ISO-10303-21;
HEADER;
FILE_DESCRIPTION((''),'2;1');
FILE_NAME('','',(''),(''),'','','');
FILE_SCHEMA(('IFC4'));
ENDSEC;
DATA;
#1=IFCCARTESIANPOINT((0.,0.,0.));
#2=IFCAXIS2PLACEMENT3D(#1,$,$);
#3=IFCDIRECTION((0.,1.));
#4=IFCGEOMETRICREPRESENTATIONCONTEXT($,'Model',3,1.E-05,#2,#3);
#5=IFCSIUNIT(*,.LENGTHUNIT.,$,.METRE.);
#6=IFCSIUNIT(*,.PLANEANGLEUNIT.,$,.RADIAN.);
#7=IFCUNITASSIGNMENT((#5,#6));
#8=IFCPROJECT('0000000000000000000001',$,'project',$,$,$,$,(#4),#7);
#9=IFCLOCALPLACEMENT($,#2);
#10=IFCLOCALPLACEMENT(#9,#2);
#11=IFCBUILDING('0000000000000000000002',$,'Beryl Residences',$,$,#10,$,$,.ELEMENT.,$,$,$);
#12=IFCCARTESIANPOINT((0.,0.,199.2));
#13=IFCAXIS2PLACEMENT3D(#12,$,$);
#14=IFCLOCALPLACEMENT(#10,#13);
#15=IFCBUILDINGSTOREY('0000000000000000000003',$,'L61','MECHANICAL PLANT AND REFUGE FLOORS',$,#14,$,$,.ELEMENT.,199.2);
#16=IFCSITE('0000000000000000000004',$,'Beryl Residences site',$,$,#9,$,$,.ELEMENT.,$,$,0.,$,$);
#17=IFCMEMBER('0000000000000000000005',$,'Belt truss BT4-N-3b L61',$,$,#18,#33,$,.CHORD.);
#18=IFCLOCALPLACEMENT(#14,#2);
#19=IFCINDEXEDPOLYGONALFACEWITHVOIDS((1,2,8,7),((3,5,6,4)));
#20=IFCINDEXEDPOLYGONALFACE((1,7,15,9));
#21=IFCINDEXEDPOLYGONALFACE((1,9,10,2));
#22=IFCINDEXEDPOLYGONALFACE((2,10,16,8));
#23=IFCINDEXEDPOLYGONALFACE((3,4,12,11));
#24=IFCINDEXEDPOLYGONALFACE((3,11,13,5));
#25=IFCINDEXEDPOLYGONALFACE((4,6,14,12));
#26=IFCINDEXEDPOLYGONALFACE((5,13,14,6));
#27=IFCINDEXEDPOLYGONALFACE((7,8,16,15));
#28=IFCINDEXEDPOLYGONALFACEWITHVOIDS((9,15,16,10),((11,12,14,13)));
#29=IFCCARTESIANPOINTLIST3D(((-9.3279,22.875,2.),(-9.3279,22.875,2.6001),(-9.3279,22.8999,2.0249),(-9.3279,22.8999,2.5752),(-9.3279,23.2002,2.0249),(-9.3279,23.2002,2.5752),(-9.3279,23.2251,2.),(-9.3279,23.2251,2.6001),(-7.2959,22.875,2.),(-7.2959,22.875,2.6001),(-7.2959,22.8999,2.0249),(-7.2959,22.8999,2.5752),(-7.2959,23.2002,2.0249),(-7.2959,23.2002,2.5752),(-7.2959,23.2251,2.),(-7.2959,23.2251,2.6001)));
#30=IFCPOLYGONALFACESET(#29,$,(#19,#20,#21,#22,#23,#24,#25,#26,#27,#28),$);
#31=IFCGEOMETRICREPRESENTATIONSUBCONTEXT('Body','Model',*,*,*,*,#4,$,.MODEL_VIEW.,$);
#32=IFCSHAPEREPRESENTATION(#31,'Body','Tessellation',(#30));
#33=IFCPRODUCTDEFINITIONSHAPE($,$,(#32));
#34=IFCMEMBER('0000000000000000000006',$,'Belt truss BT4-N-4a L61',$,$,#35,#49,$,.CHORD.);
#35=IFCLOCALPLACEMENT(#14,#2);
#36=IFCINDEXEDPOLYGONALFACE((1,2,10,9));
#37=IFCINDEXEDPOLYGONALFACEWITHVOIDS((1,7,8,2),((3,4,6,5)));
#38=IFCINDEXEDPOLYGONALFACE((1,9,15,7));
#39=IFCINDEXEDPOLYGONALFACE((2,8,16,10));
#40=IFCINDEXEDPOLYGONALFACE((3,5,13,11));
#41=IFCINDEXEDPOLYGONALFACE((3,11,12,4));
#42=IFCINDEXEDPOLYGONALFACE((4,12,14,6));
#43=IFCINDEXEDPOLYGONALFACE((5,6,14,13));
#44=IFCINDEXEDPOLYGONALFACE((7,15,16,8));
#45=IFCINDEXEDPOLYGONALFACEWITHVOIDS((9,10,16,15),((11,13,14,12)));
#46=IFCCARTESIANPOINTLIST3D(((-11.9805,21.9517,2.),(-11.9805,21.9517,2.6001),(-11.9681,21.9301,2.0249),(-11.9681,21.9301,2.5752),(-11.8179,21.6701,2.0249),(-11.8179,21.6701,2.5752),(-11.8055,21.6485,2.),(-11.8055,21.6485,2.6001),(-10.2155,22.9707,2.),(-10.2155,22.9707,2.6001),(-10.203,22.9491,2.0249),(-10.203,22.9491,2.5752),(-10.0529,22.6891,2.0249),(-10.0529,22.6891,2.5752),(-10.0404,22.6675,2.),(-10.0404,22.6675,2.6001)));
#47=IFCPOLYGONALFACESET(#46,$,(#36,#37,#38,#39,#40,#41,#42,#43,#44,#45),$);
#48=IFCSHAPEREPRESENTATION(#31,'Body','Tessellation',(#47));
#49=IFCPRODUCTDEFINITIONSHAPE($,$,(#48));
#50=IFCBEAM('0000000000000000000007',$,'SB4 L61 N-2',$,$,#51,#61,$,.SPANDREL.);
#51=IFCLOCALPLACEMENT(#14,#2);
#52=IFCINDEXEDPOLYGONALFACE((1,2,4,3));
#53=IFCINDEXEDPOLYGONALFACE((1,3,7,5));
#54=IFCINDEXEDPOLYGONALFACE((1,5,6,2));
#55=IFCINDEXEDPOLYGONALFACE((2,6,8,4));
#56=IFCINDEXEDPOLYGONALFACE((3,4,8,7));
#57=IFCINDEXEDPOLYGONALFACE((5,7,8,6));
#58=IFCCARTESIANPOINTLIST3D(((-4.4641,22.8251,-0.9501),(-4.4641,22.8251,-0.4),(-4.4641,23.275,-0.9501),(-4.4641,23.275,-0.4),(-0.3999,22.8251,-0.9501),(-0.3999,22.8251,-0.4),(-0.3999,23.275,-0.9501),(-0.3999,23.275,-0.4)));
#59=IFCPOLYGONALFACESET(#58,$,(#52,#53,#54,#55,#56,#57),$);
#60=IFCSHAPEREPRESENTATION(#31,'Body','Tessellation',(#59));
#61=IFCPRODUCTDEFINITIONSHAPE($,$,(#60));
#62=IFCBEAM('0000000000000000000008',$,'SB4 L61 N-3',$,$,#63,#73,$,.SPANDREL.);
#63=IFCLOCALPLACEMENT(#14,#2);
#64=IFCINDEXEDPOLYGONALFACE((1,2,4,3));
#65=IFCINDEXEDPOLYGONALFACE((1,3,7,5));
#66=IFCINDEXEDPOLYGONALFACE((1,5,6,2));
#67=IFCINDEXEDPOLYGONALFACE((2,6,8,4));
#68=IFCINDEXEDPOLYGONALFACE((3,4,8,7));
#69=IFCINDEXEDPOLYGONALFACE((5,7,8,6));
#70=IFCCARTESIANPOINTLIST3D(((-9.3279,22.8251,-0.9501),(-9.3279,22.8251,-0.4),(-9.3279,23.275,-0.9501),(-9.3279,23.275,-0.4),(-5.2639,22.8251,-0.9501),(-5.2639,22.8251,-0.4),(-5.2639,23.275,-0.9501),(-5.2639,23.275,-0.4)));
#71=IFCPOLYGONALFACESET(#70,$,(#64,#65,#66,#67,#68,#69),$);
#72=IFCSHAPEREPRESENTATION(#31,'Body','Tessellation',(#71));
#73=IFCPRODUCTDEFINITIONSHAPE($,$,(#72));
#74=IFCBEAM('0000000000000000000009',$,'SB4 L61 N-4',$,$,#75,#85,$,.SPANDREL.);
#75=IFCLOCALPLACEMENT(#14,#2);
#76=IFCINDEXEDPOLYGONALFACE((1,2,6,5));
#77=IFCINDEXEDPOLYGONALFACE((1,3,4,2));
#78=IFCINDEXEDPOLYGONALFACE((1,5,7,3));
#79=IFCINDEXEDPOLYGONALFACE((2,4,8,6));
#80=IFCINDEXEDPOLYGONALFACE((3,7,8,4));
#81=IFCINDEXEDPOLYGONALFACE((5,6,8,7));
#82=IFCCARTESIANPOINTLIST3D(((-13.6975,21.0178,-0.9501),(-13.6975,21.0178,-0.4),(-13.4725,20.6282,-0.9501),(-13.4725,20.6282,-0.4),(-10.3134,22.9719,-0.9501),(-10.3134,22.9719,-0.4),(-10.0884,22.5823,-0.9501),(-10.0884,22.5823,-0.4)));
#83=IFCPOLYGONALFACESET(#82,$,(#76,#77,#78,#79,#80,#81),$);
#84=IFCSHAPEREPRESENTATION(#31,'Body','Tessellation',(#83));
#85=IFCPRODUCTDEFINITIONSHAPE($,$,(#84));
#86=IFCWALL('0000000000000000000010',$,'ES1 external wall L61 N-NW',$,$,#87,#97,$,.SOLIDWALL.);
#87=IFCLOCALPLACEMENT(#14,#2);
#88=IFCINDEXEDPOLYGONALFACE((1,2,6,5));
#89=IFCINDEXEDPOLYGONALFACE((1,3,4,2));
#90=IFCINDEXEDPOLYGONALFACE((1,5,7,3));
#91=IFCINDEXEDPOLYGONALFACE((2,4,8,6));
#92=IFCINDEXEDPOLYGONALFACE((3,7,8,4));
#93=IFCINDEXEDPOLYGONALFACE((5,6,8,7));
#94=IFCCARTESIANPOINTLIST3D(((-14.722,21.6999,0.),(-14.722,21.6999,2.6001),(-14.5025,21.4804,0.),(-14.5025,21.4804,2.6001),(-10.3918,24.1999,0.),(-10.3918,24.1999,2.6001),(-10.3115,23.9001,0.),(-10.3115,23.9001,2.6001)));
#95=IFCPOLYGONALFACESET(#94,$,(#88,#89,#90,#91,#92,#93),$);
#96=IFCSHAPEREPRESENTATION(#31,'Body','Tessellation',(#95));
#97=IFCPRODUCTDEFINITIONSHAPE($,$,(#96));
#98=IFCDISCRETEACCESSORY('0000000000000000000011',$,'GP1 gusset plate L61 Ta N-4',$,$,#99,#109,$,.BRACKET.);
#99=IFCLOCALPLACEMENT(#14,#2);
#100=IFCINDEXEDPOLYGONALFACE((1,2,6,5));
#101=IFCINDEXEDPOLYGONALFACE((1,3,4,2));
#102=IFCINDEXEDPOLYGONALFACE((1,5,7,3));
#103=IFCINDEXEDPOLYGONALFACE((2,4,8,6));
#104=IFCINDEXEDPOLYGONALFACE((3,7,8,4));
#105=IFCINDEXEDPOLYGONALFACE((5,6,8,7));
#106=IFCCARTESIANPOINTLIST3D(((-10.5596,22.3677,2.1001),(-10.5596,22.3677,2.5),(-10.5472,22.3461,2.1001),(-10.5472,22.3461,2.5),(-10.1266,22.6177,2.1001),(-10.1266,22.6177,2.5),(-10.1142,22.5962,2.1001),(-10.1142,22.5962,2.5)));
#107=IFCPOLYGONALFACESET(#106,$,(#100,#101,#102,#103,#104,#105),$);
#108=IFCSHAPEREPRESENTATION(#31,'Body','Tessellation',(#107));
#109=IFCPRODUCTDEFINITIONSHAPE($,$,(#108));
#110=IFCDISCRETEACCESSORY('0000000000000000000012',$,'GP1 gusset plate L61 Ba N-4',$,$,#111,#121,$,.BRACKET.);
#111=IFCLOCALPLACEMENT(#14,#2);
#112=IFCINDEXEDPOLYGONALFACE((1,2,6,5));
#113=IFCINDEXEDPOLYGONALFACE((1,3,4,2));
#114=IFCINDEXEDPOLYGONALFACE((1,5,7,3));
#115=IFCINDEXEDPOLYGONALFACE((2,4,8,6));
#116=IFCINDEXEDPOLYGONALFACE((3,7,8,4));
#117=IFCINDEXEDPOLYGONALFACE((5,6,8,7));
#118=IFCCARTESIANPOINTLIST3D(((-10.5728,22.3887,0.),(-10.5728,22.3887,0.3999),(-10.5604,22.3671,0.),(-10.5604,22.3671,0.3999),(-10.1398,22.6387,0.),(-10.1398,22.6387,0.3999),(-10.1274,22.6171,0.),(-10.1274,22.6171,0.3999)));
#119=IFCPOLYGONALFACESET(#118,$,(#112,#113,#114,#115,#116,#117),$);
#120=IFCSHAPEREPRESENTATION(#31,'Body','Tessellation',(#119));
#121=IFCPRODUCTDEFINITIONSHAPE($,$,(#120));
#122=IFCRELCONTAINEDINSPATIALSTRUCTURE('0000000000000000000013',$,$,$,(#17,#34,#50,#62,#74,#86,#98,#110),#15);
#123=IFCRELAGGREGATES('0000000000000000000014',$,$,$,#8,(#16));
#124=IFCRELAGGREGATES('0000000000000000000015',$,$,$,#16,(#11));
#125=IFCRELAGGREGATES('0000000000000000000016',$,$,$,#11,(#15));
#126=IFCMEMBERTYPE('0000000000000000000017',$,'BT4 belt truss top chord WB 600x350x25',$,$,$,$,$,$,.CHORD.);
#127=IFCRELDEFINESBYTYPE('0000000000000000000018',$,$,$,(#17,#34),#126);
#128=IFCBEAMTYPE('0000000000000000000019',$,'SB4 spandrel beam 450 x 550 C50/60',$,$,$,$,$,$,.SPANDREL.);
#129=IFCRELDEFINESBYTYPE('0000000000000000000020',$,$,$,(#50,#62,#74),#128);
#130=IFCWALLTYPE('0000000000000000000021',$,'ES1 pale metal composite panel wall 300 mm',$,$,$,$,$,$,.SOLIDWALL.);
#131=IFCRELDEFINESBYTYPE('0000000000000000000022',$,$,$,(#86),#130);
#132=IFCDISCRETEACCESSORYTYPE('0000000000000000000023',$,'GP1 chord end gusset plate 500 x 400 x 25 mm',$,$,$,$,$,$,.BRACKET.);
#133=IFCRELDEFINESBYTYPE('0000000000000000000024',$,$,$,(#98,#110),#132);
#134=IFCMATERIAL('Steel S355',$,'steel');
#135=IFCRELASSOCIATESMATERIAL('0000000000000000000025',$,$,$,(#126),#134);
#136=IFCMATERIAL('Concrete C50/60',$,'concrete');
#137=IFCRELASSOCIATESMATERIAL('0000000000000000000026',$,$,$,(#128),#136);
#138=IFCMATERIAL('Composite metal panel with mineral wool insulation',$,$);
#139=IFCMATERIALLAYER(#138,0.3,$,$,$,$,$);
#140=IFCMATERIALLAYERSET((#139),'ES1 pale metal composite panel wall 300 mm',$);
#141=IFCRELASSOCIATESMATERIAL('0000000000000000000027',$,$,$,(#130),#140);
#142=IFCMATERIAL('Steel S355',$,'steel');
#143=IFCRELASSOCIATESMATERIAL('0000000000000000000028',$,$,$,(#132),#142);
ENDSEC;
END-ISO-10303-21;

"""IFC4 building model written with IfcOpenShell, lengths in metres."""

from ifc_helpers import new_model, si_unit, direction, frame, origin, origin_2d, place, context, subcontext, project, spatial, polyline, rectangle, hollow_rectangle, outline, extrude, material, layer, layer_set, material_profile, profile_set, type_object, element, save


model = new_model("IFC4")

# Units and contexts
model_context = context("Model", 3, precision=1e-05, world=origin(), true_north=direction((0.0, 1.0)))
body_context = subcontext(model_context, "Body", "Model", "MODEL_VIEW")
ifc_project = project(units=[si_unit("LENGTHUNIT", "METRE"), si_unit("PLANEANGLEUNIT", "RADIAN")], contexts=[model_context])

# Site, building, storey
site_placement = place(None, origin())
site = spatial("IfcSite", under=ifc_project, at=site_placement, Name="Beryl Residences site", CompositionType="ELEMENT", RefElevation=0.0)
building_placement = place(site_placement, origin())
building = spatial("IfcBuilding", under=site, at=building_placement, Name="Beryl Residences", CompositionType="ELEMENT")
storey_placement = place(building_placement, frame((0.0, 0.0, 199.2)))
storey = spatial("IfcBuildingStorey", under=building, at=storey_placement, Name="L61", Description="MECHANICAL PLANT AND REFUGE FLOORS", CompositionType="ELEMENT", Elevation=199.2)

# Members
ifc_material_1 = material(Name="Steel S355", Category="steel")
ifc_material_profile_1 = material_profile(ifc_material_1, hollow_rectangle(XDim=0.3501, YDim=0.6001, WallThickness=0.0249, at=origin_2d()))
ifc_profile_set_1 = profile_set([ifc_material_profile_1], Name="Steel S355")
member_type_1 = type_object("IfcMemberType", Name="BT4 belt truss top chord WB 600x350x25", PredefinedType="CHORD", material=ifc_profile_set_1)
for number, where, z_axis, x_axis, name in (
    (1, (-7.2959, 23.05, 2.3), (-1.0, 0.0, 0.0), (0.0, -1.0, 0.0), "Belt truss BT4-N-3b L61"),
):
    element("IfcMember", number, at=place(storey_placement, frame(where, z_axis=z_axis, x_axis=x_axis)), inside=storey, type_object=member_type_1, Name=name, PredefinedType="CHORD", context=body_context, shape_type="SweptSolid", body=[
        extrude(hollow_rectangle(XDim=0.3501, YDim=0.6001, WallThickness=0.0249, at=origin_2d()), origin(), (0.0, 0.0, 1.0), 2.032),
    ])
member_1_placement = place(storey_placement, frame((-10.1279, 22.8191, 2.3), z_axis=(-0.866038, -0.499978, 0.0), x_axis=(0.499978, -0.866038, 0.0)))
element("IfcMember", 2, at=member_1_placement, inside=storey, type_object=member_type_1, Name="Belt truss BT4-N-4a L61", PredefinedType="CHORD", context=body_context, shape_type="SweptSolid", body=[
    extrude(hollow_rectangle(XDim=0.3501, YDim=0.6001, WallThickness=0.0249, at=origin_2d()), origin(), (0.0, 0.0, 1.0), 2.0381),
])

# Beams
ifc_material_2 = material(Name="Concrete C50/60", Category="concrete")
ifc_material_profile_2 = material_profile(ifc_material_2, rectangle(XDim=0.45, YDim=0.55, at=origin_2d()))
ifc_profile_set_2 = profile_set([ifc_material_profile_2], Name="Concrete C50/60")
beam_type = type_object("IfcBeamType", Name="SB4 spandrel beam 450 x 550 C50/60", PredefinedType="SPANDREL", material=ifc_profile_set_2)
beam_1_placement = place(storey_placement, frame((-0.3999, 23.05, -0.675), z_axis=(-1.0, 0.0, 0.0), x_axis=(0.0, -1.0, 0.0)))
element("IfcBeam", 3, at=beam_1_placement, inside=storey, type_object=beam_type, Name="SB4 L61 N-2", PredefinedType="SPANDREL", context=body_context, shape_type="SweptSolid", body=[
    extrude(rectangle(XDim=0.45, YDim=0.55, at=origin_2d()), origin(), (0.0, 0.0, 1.0), 4.0642),
])
beam_2_placement = place(storey_placement, frame((-5.2639, 23.05, -0.675), z_axis=(-1.0, 0.0, 0.0), x_axis=(0.0, -1.0, 0.0)))
element("IfcBeam", 4, at=beam_2_placement, inside=storey, type_object=beam_type, Name="SB4 L61 N-3", PredefinedType="SPANDREL", context=body_context, shape_type="SweptSolid", body=[
    extrude(rectangle(XDim=0.45, YDim=0.55, at=origin_2d()), origin(), (0.0, 0.0, 1.0), 4.064),
])
beam_3_placement = place(storey_placement, frame((-10.2009, 22.7771, -0.675), z_axis=(-0.865989, -0.500063, 0.0), x_axis=(0.500063, -0.865989, 0.0)))
element("IfcBeam", 5, at=beam_3_placement, inside=storey, type_object=beam_type, Name="SB4 L61 N-4", PredefinedType="SPANDREL", context=body_context, shape_type="SweptSolid", body=[
    extrude(rectangle(XDim=0.45, YDim=0.55, at=origin_2d()), origin(), (0.0, 0.0, 1.0), 3.9077),
])

# Wall
ifc_material_3 = material(Name="Composite metal panel with mineral wool insulation")
ifc_layer = layer(ifc_material_3, 0.3)
ifc_layer_set = layer_set([ifc_layer], Name="ES1 pale metal composite panel wall 300 mm")
wall_type = type_object("IfcWallType", Name="ES1 pale metal composite panel wall 300 mm", PredefinedType="SOLIDWALL", material=ifc_layer_set)
wall_placement = place(storey_placement, frame((-10.3169, 24.0701, 0.0), z_axis=(0.0, 0.0, 1.0), x_axis=(-0.866023, -0.500004, 0.0)))
element("IfcWall", 6, at=wall_placement, inside=storey, type_object=wall_type, Name="ES1 external wall L61 N-NW", PredefinedType="SOLIDWALL", context=body_context, shape_type="SweptSolid", body=[
    extrude(outline(polyline([(0.0, -0.1499), (5.0, -0.1499), (4.9197, 0.1499), (0.0803, 0.1499), (0.0, -0.1499)])), origin(), (0.0, 0.0, 1.0), 2.6001),
])

# Discrete accessories
ifc_material_4 = material(Name="Steel S355", Category="steel")
discrete_accessory_type = type_object("IfcDiscreteAccessoryType", Name="GP1 chord end gusset plate 500 x 400 x 25 mm", PredefinedType="BRACKET", material=ifc_material_4)
for number, where, z_axis, x_axis, name in (
    (7, (-10.3369, 22.4819, 2.1001), (0.0, 0.0, 1.0), (-0.866019, -0.500011, 0.0), "GP1 gusset plate L61 Ta N-4"),
    (8, (-10.3501, 22.5029, 0.0), (0.0, 0.0, 1.0), (-0.866019, -0.500011, 0.0), "GP1 gusset plate L61 Ba N-4"),
):
    element("IfcDiscreteAccessory", number, at=place(storey_placement, frame(where, z_axis=z_axis, x_axis=x_axis)), inside=storey, type_object=discrete_accessory_type, Name=name, PredefinedType="BRACKET", context=body_context, shape_type="SweptSolid", body=[
        extrude(rectangle(XDim=0.5, YDim=0.0249, at=origin_2d()), origin(), (0.0, 0.0, 1.0), 0.3999),
    ])

save(model, "model.ifc")
